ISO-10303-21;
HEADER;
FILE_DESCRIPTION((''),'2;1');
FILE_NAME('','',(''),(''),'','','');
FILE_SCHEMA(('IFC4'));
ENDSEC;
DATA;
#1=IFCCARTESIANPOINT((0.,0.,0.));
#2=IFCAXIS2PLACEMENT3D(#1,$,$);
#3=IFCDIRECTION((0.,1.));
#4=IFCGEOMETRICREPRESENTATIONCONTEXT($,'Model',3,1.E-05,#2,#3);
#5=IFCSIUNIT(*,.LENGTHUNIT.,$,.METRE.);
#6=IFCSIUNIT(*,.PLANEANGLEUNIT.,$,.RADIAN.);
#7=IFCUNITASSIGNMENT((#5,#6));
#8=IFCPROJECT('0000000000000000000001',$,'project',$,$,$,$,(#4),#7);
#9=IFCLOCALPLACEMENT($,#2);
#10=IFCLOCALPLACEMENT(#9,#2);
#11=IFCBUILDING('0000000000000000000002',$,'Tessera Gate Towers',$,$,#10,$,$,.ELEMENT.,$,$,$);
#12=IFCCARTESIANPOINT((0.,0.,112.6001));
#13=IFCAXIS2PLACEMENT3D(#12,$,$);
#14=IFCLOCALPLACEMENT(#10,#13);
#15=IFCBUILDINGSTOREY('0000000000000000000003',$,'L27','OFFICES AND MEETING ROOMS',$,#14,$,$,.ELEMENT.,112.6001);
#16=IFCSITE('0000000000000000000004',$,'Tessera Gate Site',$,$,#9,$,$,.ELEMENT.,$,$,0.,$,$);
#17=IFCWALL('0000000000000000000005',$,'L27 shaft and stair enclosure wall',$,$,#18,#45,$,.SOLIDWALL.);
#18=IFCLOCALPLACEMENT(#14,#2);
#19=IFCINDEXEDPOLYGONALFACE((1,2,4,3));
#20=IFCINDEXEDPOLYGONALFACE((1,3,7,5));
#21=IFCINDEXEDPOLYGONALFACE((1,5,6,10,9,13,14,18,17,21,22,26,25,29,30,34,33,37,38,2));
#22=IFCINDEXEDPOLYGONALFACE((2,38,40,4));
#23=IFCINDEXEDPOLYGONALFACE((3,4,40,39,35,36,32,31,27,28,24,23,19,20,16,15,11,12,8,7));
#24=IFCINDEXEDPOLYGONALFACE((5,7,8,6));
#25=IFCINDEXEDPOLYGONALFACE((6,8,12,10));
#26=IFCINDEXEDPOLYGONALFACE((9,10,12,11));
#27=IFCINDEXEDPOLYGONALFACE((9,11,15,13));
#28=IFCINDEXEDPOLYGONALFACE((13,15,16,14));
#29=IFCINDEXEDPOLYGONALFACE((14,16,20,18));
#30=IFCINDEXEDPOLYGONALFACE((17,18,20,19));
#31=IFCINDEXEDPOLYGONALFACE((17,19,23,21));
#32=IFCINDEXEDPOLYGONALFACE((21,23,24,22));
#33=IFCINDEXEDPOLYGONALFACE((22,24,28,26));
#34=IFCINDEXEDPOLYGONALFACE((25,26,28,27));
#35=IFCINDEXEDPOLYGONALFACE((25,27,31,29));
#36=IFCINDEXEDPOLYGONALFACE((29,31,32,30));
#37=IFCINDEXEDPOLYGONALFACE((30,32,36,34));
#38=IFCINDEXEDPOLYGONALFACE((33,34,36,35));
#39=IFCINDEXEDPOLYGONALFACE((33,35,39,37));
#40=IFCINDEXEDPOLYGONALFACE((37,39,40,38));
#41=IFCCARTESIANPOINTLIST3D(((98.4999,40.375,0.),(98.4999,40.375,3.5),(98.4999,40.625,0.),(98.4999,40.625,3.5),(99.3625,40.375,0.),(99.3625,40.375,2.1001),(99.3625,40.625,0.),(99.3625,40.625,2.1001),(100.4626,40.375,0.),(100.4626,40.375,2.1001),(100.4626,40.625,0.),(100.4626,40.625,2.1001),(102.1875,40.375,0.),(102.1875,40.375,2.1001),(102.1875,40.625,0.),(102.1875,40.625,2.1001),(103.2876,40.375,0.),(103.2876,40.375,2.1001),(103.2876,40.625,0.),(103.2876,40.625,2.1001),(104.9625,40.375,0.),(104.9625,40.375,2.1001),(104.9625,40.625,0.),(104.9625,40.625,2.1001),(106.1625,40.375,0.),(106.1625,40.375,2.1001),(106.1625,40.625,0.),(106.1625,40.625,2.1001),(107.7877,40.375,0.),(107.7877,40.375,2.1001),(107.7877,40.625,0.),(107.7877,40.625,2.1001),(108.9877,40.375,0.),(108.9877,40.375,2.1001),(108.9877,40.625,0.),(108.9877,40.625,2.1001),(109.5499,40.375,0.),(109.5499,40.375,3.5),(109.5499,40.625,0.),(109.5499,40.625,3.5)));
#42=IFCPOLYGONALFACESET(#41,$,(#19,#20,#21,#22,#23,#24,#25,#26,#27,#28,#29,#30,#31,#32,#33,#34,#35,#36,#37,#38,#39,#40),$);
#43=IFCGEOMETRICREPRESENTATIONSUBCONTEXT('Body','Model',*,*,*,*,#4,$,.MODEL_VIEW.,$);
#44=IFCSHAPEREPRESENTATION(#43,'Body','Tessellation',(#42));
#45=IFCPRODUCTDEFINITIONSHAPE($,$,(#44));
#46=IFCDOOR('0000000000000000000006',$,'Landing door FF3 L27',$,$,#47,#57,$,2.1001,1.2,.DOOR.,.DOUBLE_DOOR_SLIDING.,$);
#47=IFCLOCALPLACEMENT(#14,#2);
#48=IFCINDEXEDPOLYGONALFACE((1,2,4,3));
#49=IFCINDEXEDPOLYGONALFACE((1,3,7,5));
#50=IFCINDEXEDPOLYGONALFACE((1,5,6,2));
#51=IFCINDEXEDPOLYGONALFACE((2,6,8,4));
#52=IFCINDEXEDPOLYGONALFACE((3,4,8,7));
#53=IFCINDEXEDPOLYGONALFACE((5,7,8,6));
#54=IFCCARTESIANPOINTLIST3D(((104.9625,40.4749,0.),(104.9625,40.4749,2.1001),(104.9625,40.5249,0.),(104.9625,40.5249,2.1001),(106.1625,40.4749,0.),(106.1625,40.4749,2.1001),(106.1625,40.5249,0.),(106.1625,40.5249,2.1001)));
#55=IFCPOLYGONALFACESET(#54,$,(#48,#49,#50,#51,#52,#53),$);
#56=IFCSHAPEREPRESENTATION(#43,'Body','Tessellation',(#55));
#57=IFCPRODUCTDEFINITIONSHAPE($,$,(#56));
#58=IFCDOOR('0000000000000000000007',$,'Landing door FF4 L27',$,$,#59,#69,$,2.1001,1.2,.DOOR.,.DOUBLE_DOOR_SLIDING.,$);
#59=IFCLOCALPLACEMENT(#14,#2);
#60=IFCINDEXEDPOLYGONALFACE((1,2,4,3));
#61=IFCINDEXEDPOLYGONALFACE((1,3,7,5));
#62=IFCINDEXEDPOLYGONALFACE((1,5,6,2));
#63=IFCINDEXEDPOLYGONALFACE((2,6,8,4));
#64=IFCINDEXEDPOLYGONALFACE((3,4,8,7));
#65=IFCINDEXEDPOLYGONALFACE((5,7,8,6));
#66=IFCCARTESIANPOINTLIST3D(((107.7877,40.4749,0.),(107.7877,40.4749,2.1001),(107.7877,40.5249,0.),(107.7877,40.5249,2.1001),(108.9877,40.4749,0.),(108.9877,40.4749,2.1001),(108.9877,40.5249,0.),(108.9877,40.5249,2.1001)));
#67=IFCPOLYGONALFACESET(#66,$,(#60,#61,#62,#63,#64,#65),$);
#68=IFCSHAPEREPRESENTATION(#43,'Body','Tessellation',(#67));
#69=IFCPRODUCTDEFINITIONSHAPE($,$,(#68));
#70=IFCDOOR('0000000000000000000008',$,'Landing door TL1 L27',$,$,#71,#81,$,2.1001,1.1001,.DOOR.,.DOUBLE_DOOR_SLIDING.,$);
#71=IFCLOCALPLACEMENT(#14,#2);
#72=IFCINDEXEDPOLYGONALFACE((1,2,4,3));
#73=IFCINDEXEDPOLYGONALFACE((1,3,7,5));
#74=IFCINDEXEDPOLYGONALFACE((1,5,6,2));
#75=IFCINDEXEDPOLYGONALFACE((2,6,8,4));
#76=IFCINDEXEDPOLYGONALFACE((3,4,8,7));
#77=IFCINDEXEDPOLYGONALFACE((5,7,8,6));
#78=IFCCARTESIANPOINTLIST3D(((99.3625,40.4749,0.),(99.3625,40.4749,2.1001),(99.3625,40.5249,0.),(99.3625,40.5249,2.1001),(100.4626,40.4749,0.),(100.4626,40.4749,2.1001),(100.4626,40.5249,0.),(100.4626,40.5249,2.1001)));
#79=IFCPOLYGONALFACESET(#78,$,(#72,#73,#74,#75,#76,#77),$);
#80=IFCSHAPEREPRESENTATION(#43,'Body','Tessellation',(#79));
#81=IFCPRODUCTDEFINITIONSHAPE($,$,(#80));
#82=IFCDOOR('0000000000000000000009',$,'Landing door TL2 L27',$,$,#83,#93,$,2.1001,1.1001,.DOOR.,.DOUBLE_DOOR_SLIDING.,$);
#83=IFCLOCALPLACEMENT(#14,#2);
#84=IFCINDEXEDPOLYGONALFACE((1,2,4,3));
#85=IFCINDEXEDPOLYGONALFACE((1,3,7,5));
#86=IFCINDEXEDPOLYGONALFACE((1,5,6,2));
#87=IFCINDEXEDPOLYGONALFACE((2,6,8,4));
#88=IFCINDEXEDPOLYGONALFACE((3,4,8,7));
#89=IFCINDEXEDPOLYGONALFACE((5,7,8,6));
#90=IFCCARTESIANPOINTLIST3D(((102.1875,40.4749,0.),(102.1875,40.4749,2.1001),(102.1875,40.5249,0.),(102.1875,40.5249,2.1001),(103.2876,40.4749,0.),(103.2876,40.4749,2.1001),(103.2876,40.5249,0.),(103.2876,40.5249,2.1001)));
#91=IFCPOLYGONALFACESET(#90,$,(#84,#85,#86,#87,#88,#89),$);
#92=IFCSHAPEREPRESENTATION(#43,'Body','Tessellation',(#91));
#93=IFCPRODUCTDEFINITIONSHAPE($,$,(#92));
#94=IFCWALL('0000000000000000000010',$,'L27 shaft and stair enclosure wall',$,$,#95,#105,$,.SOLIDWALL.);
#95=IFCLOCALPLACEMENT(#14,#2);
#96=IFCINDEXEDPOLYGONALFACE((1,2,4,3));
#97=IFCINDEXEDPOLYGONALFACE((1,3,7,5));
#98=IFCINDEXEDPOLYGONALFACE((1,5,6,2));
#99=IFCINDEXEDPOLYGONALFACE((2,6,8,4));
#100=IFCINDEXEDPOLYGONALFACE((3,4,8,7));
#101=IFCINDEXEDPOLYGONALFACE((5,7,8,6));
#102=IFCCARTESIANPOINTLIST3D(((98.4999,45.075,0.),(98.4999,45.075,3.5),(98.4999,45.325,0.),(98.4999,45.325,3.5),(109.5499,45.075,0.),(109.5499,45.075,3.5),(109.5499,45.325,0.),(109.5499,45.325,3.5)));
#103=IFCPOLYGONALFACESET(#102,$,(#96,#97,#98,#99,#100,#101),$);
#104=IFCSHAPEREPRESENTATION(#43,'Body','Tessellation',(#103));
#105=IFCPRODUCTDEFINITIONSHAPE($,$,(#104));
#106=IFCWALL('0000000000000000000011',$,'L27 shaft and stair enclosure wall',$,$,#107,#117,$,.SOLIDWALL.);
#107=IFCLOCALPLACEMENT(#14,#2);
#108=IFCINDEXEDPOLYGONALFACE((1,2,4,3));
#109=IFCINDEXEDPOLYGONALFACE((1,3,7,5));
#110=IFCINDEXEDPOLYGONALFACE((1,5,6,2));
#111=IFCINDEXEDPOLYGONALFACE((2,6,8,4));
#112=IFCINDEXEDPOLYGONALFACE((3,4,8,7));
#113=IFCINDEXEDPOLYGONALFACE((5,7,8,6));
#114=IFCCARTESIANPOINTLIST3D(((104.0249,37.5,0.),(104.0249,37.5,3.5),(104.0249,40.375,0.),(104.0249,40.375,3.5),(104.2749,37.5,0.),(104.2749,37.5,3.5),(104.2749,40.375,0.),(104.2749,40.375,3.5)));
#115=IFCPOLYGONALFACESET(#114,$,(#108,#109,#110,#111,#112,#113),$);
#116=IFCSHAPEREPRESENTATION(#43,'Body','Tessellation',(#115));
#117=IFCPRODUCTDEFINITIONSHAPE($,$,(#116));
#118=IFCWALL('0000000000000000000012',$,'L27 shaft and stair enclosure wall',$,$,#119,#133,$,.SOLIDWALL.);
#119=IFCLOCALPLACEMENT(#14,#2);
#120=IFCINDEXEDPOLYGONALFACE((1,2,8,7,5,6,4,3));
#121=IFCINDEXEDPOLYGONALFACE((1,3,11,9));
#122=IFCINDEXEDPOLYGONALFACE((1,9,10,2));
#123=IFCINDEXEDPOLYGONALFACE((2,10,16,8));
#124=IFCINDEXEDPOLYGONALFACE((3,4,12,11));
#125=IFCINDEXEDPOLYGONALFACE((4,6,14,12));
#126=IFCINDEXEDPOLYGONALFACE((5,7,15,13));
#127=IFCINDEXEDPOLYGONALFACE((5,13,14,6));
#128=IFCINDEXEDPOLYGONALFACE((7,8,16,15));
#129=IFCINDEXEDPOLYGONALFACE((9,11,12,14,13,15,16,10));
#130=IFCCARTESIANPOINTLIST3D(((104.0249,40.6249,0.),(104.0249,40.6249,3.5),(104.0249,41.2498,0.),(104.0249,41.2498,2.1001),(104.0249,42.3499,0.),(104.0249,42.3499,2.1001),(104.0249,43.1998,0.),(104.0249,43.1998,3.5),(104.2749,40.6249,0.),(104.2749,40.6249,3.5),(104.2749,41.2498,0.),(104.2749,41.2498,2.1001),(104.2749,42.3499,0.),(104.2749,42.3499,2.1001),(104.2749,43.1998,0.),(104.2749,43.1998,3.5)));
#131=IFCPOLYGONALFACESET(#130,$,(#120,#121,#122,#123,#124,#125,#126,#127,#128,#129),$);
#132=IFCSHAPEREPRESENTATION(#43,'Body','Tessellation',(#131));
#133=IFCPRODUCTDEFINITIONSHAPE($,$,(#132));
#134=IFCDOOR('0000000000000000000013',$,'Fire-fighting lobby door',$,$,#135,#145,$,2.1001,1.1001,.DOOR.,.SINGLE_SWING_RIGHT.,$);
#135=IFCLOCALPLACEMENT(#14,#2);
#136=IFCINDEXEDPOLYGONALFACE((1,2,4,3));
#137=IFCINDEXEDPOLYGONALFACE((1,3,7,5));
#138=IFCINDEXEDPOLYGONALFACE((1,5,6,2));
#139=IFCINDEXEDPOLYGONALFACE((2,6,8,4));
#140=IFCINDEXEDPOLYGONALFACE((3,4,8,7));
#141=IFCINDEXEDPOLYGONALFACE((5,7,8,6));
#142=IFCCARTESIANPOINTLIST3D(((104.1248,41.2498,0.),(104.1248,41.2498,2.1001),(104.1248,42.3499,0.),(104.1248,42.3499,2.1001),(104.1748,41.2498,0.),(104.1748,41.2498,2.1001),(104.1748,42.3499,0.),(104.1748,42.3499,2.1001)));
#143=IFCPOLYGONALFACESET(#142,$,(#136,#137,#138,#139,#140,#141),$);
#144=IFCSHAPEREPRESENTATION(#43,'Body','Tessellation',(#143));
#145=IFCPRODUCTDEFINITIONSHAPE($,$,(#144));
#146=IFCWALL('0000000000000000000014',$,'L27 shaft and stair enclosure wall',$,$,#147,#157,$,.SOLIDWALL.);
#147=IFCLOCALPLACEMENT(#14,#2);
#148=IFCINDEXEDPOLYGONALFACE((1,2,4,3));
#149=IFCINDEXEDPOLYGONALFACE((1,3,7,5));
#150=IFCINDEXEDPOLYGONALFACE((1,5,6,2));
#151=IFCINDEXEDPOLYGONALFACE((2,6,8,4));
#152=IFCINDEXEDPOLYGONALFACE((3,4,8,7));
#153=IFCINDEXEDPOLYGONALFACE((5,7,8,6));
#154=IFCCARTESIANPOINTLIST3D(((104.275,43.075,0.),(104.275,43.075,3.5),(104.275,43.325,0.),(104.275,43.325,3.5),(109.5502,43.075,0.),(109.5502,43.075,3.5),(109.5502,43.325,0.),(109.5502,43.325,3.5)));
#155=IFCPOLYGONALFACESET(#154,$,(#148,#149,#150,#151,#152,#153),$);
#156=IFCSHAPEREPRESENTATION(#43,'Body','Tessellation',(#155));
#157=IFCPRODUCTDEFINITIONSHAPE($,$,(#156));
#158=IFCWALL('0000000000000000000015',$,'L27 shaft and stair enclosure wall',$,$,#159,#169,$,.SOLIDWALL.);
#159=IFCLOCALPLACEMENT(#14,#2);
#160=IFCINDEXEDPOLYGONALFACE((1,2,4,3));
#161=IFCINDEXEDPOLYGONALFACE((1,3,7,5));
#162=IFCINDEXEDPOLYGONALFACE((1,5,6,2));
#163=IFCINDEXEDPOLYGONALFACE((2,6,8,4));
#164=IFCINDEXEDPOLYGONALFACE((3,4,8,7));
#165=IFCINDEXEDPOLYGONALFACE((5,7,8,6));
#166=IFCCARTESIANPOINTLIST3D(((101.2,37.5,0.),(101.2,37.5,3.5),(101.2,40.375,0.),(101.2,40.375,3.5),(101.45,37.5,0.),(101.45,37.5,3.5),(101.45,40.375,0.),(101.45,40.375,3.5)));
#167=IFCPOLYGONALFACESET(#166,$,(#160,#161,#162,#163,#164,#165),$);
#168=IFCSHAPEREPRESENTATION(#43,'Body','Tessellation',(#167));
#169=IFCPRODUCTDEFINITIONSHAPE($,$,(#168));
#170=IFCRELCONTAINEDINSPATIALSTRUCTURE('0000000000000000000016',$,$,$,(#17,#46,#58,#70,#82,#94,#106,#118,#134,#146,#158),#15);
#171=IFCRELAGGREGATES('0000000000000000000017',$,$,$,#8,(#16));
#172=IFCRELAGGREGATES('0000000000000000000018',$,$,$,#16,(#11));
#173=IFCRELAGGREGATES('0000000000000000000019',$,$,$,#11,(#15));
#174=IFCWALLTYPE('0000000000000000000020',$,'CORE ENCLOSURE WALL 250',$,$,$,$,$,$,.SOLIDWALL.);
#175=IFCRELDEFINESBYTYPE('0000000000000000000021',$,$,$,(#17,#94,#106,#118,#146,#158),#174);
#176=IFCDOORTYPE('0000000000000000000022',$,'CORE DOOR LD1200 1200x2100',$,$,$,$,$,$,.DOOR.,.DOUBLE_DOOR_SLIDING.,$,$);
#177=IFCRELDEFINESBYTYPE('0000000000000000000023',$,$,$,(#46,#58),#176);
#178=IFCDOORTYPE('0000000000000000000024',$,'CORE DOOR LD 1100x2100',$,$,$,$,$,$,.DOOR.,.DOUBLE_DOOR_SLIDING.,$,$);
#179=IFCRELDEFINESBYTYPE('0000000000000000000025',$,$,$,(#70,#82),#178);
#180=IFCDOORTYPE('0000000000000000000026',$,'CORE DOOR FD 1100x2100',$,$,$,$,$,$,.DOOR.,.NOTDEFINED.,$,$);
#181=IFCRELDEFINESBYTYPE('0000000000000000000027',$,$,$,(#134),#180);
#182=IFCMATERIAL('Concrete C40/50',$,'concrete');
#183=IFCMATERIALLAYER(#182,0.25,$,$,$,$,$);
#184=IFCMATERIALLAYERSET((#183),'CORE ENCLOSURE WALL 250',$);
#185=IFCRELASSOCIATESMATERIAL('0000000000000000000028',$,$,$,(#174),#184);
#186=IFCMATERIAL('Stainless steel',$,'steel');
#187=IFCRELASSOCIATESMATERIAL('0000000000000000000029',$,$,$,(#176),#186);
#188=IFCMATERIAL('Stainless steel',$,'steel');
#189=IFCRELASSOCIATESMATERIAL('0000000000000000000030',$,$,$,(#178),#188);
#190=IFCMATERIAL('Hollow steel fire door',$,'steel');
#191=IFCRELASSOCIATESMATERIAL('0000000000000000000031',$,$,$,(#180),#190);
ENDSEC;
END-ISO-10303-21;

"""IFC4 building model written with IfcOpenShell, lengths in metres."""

from ifc_helpers import new_model, si_unit, direction, frame, frame_2d, origin, place, context, subcontext, project, spatial, rectangle, extrude, source, transform, mapped, material, layer, layer_set, type_object, element, fill, save


model = new_model("IFC4")

# Units and contexts
model_context = context("Model", 3, precision=1e-05, world=origin(), true_north=direction((0.0, 1.0)))
body_context = subcontext(model_context, "Body", "Model", "MODEL_VIEW")
ifc_project = project(units=[si_unit("LENGTHUNIT", "METRE"), si_unit("PLANEANGLEUNIT", "RADIAN")], contexts=[model_context])

# Site, building, storey
site_placement = place(None, origin())
site = spatial("IfcSite", under=ifc_project, at=site_placement, Name="Tessera Gate Site", CompositionType="ELEMENT", RefElevation=0.0)
building_placement = place(site_placement, origin())
building = spatial("IfcBuilding", under=site, at=building_placement, Name="Tessera Gate Towers", CompositionType="ELEMENT")
storey_placement = place(building_placement, frame((0.0, 0.0, 112.6001)))
storey = spatial("IfcBuildingStorey", under=building, at=storey_placement, Name="L27", Description="OFFICES AND MEETING ROOMS", CompositionType="ELEMENT", Elevation=112.6001)

# Wall, openings, doors
ifc_material_1 = material(Name="Concrete C40/50", Category="concrete")
ifc_layer_1 = layer(ifc_material_1, 0.25)
ifc_layer_set_1 = layer_set([ifc_layer_1], Name="CORE ENCLOSURE WALL 250")
wall_type_1 = type_object("IfcWallType", Name="CORE ENCLOSURE WALL 250", PredefinedType="SOLIDWALL", material=ifc_layer_set_1)
wall_1_placement = place(storey_placement, frame((98.5, 40.5, 0.0), z_axis=(0.0, 0.0, 1.0), x_axis=(1.0, 0.0, 0.0)))
wall_1 = element("IfcWall", 1, at=wall_1_placement, inside=storey, type_object=wall_type_1, Name="L27 shaft and stair enclosure wall", PredefinedType="SOLIDWALL", context=body_context, shape_type="SweptSolid", body=[
    extrude(rectangle(XDim=11.05, YDim=0.25, at=frame_2d((5.5249, 0.0))), origin(), (0.0, 0.0, 1.0), 3.5),
])
shared_shape_1 = source(origin(), body_context, "Body", "SweptSolid", [
    extrude(rectangle(XDim=1.1001, YDim=2.1001, at=frame_2d((0.55, 1.05))), frame((0.0, 0.135, 0.0), z_axis=(0.0, -1.0, 0.0), x_axis=(1.0, 0.0, 0.0)), (0.0, 0.0, 1.0), 0.27),
])
opening_1_placement = place(wall_1_placement, frame((0.8625, 0.0, 0.0)))
opening_1 = element("IfcOpeningElement", 2, at=opening_1_placement, cuts=wall_1, PredefinedType="OPENING", context=body_context, shape_type="MappedRepresentation", body=[
    mapped(shared_shape_1, transform((0.0, 0.0, 0.0), scale=1.0)),
])
opening_2_placement = place(wall_1_placement, frame((3.6875, 0.0, 0.0)))
opening_2 = element("IfcOpeningElement", 3, at=opening_2_placement, cuts=wall_1, PredefinedType="OPENING", context=body_context, shape_type="MappedRepresentation", body=[
    mapped(shared_shape_1, transform((0.0, 0.0, 0.0), scale=1.0)),
])
shared_shape_2 = source(origin(), body_context, "Body", "SweptSolid", [
    extrude(rectangle(XDim=1.2, YDim=2.1001, at=frame_2d((0.6001, 1.05))), frame((0.0, 0.135, 0.0), z_axis=(0.0, -1.0, 0.0), x_axis=(1.0, 0.0, 0.0)), (0.0, 0.0, 1.0), 0.27),
])
opening_3_placement = place(wall_1_placement, frame((6.4624, 0.0, 0.0)))
opening_3 = element("IfcOpeningElement", 4, at=opening_3_placement, cuts=wall_1, PredefinedType="OPENING", context=body_context, shape_type="MappedRepresentation", body=[
    mapped(shared_shape_2, transform((0.0, 0.0, 0.0), scale=1.0)),
])
opening_4_placement = place(wall_1_placement, frame((9.2876, 0.0, 0.0)))
opening_4 = element("IfcOpeningElement", 5, at=opening_4_placement, cuts=wall_1, PredefinedType="OPENING", context=body_context, shape_type="MappedRepresentation", body=[
    mapped(shared_shape_2, transform((0.0, 0.0, 0.0), scale=1.0)),
])
ifc_material_2 = material(Name="Stainless steel", Category="steel")
door_type_1 = type_object("IfcDoorType", Name="CORE DOOR LD1200 1200x2100", OperationType="DOUBLE_DOOR_SLIDING", PredefinedType="DOOR", material=ifc_material_2)
shared_shape_3 = source(origin(), body_context, "Body", "SweptSolid", [
    extrude(rectangle(XDim=1.2, YDim=2.1001, at=frame_2d((0.6001, 1.05))), frame((0.0, 0.0249, 0.0), z_axis=(0.0, -1.0, 0.0), x_axis=(1.0, 0.0, 0.0)), (0.0, 0.0, 1.0), 0.05),
])
door_1_placement = place(opening_3_placement, origin())
door_1 = element("IfcDoor", 6, at=door_1_placement, inside=storey, type_object=door_type_1, Name="Landing door FF3 L27", OperationType="DOUBLE_DOOR_SLIDING", OverallHeight=2.1001, OverallWidth=1.2, PredefinedType="DOOR", context=body_context, shape_type="MappedRepresentation", body=[
    mapped(shared_shape_3, transform((0.0, 0.0, 0.0), scale=1.0)),
])
fill(opening_3, door_1)
door_2_placement = place(opening_4_placement, origin())
door_2 = element("IfcDoor", 7, at=door_2_placement, inside=storey, type_object=door_type_1, Name="Landing door FF4 L27", OperationType="DOUBLE_DOOR_SLIDING", OverallHeight=2.1001, OverallWidth=1.2, PredefinedType="DOOR", context=body_context, shape_type="MappedRepresentation", body=[
    mapped(shared_shape_3, transform((0.0, 0.0, 0.0), scale=1.0)),
])
fill(opening_4, door_2)
ifc_material_3 = material(Name="Stainless steel", Category="steel")
door_type_2 = type_object("IfcDoorType", Name="CORE DOOR LD 1100x2100", OperationType="DOUBLE_DOOR_SLIDING", PredefinedType="DOOR", material=ifc_material_3)
shared_shape_4 = source(origin(), body_context, "Body", "SweptSolid", [
    extrude(rectangle(XDim=1.1001, YDim=2.1001, at=frame_2d((0.55, 1.05))), frame((0.0, 0.0249, 0.0), z_axis=(0.0, -1.0, 0.0), x_axis=(1.0, 0.0, 0.0)), (0.0, 0.0, 1.0), 0.05),
])
door_3_placement = place(opening_1_placement, origin())
door_3 = element("IfcDoor", 8, at=door_3_placement, inside=storey, type_object=door_type_2, Name="Landing door TL1 L27", OperationType="DOUBLE_DOOR_SLIDING", OverallHeight=2.1001, OverallWidth=1.1001, PredefinedType="DOOR", context=body_context, shape_type="MappedRepresentation", body=[
    mapped(shared_shape_4, transform((0.0, 0.0, 0.0), scale=1.0)),
])
fill(opening_1, door_3)
door_4_placement = place(opening_2_placement, origin())
door_4 = element("IfcDoor", 9, at=door_4_placement, inside=storey, type_object=door_type_2, Name="Landing door TL2 L27", OperationType="DOUBLE_DOOR_SLIDING", OverallHeight=2.1001, OverallWidth=1.1001, PredefinedType="DOOR", context=body_context, shape_type="MappedRepresentation", body=[
    mapped(shared_shape_4, transform((0.0, 0.0, 0.0), scale=1.0)),
])
fill(opening_2, door_4)

# Walls
wall_2_placement = place(storey_placement, frame((98.5, 45.2, 0.0), z_axis=(0.0, 0.0, 1.0), x_axis=(1.0, 0.0, 0.0)))
element("IfcWall", 10, at=wall_2_placement, inside=storey, type_object=wall_type_1, Name="L27 shaft and stair enclosure wall", PredefinedType="SOLIDWALL", context=body_context, shape_type="SweptSolid", body=[
    extrude(rectangle(XDim=11.05, YDim=0.25, at=frame_2d((5.5249, 0.0))), origin(), (0.0, 0.0, 1.0), 3.5),
])
wall_3_placement = place(storey_placement, frame((104.1499, 37.5, 0.0), z_axis=(0.0, 0.0, 1.0), x_axis=(0.0, 1.0, 0.0)))
element("IfcWall", 11, at=wall_3_placement, inside=storey, type_object=wall_type_1, Name="L27 shaft and stair enclosure wall", PredefinedType="SOLIDWALL", context=body_context, shape_type="SweptSolid", body=[
    extrude(rectangle(XDim=2.875, YDim=0.25, at=frame_2d((1.4375, 0.0))), origin(), (0.0, 0.0, 1.0), 3.5),
])

# Wall, opening, door
wall_4_placement = place(storey_placement, frame((104.1499, 43.2, 0.0), z_axis=(0.0, 0.0, 1.0), x_axis=(0.0, -1.0, 0.0)))
wall_4 = element("IfcWall", 12, at=wall_4_placement, inside=storey, type_object=wall_type_1, Name="L27 shaft and stair enclosure wall", PredefinedType="SOLIDWALL", context=body_context, shape_type="SweptSolid", body=[
    extrude(rectangle(XDim=2.575, YDim=0.25, at=frame_2d((1.2876, 0.0))), origin(), (0.0, 0.0, 1.0), 3.5),
])
opening_5_placement = place(wall_4_placement, frame((0.8501, 0.0, 0.0)))
opening_5 = element("IfcOpeningElement", 13, at=opening_5_placement, cuts=wall_4, PredefinedType="OPENING", context=body_context, shape_type="MappedRepresentation", body=[
    mapped(shared_shape_1, transform((0.0, 0.0, 0.0), scale=1.0)),
])
ifc_material_4 = material(Name="Hollow steel fire door", Category="steel")
door_type_3 = type_object("IfcDoorType", Name="CORE DOOR FD 1100x2100", OperationType="NOTDEFINED", PredefinedType="DOOR", material=ifc_material_4)
door_5_placement = place(opening_5_placement, origin())
door_5 = element("IfcDoor", 14, at=door_5_placement, inside=storey, type_object=door_type_3, Name="Fire-fighting lobby door", OperationType="SINGLE_SWING_RIGHT", OverallHeight=2.1001, OverallWidth=1.1001, PredefinedType="DOOR", context=body_context, shape_type="MappedRepresentation", body=[
    mapped(shared_shape_4, transform((0.0, 0.0, 0.0), scale=1.0)),
])
fill(opening_5, door_5)

# Walls
wall_5_placement = place(storey_placement, frame((104.2749, 43.2, 0.0), z_axis=(0.0, 0.0, 1.0), x_axis=(1.0, 0.0, 0.0)))
element("IfcWall", 15, at=wall_5_placement, inside=storey, type_object=wall_type_1, Name="L27 shaft and stair enclosure wall", PredefinedType="SOLIDWALL", context=body_context, shape_type="SweptSolid", body=[
    extrude(rectangle(XDim=5.2751, YDim=0.25, at=frame_2d((2.6377, 0.0))), origin(), (0.0, 0.0, 1.0), 3.5),
])
wall_6_placement = place(storey_placement, frame((101.325, 37.5, 0.0), z_axis=(0.0, 0.0, 1.0), x_axis=(0.0, 1.0, 0.0)))
element("IfcWall", 16, at=wall_6_placement, inside=storey, type_object=wall_type_1, Name="L27 shaft and stair enclosure wall", PredefinedType="SOLIDWALL", context=body_context, shape_type="SweptSolid", body=[
    extrude(rectangle(XDim=2.875, YDim=0.25, at=frame_2d((1.4375, 0.0))), origin(), (0.0, 0.0, 1.0), 3.5),
])

save(model, "model.ifc")
